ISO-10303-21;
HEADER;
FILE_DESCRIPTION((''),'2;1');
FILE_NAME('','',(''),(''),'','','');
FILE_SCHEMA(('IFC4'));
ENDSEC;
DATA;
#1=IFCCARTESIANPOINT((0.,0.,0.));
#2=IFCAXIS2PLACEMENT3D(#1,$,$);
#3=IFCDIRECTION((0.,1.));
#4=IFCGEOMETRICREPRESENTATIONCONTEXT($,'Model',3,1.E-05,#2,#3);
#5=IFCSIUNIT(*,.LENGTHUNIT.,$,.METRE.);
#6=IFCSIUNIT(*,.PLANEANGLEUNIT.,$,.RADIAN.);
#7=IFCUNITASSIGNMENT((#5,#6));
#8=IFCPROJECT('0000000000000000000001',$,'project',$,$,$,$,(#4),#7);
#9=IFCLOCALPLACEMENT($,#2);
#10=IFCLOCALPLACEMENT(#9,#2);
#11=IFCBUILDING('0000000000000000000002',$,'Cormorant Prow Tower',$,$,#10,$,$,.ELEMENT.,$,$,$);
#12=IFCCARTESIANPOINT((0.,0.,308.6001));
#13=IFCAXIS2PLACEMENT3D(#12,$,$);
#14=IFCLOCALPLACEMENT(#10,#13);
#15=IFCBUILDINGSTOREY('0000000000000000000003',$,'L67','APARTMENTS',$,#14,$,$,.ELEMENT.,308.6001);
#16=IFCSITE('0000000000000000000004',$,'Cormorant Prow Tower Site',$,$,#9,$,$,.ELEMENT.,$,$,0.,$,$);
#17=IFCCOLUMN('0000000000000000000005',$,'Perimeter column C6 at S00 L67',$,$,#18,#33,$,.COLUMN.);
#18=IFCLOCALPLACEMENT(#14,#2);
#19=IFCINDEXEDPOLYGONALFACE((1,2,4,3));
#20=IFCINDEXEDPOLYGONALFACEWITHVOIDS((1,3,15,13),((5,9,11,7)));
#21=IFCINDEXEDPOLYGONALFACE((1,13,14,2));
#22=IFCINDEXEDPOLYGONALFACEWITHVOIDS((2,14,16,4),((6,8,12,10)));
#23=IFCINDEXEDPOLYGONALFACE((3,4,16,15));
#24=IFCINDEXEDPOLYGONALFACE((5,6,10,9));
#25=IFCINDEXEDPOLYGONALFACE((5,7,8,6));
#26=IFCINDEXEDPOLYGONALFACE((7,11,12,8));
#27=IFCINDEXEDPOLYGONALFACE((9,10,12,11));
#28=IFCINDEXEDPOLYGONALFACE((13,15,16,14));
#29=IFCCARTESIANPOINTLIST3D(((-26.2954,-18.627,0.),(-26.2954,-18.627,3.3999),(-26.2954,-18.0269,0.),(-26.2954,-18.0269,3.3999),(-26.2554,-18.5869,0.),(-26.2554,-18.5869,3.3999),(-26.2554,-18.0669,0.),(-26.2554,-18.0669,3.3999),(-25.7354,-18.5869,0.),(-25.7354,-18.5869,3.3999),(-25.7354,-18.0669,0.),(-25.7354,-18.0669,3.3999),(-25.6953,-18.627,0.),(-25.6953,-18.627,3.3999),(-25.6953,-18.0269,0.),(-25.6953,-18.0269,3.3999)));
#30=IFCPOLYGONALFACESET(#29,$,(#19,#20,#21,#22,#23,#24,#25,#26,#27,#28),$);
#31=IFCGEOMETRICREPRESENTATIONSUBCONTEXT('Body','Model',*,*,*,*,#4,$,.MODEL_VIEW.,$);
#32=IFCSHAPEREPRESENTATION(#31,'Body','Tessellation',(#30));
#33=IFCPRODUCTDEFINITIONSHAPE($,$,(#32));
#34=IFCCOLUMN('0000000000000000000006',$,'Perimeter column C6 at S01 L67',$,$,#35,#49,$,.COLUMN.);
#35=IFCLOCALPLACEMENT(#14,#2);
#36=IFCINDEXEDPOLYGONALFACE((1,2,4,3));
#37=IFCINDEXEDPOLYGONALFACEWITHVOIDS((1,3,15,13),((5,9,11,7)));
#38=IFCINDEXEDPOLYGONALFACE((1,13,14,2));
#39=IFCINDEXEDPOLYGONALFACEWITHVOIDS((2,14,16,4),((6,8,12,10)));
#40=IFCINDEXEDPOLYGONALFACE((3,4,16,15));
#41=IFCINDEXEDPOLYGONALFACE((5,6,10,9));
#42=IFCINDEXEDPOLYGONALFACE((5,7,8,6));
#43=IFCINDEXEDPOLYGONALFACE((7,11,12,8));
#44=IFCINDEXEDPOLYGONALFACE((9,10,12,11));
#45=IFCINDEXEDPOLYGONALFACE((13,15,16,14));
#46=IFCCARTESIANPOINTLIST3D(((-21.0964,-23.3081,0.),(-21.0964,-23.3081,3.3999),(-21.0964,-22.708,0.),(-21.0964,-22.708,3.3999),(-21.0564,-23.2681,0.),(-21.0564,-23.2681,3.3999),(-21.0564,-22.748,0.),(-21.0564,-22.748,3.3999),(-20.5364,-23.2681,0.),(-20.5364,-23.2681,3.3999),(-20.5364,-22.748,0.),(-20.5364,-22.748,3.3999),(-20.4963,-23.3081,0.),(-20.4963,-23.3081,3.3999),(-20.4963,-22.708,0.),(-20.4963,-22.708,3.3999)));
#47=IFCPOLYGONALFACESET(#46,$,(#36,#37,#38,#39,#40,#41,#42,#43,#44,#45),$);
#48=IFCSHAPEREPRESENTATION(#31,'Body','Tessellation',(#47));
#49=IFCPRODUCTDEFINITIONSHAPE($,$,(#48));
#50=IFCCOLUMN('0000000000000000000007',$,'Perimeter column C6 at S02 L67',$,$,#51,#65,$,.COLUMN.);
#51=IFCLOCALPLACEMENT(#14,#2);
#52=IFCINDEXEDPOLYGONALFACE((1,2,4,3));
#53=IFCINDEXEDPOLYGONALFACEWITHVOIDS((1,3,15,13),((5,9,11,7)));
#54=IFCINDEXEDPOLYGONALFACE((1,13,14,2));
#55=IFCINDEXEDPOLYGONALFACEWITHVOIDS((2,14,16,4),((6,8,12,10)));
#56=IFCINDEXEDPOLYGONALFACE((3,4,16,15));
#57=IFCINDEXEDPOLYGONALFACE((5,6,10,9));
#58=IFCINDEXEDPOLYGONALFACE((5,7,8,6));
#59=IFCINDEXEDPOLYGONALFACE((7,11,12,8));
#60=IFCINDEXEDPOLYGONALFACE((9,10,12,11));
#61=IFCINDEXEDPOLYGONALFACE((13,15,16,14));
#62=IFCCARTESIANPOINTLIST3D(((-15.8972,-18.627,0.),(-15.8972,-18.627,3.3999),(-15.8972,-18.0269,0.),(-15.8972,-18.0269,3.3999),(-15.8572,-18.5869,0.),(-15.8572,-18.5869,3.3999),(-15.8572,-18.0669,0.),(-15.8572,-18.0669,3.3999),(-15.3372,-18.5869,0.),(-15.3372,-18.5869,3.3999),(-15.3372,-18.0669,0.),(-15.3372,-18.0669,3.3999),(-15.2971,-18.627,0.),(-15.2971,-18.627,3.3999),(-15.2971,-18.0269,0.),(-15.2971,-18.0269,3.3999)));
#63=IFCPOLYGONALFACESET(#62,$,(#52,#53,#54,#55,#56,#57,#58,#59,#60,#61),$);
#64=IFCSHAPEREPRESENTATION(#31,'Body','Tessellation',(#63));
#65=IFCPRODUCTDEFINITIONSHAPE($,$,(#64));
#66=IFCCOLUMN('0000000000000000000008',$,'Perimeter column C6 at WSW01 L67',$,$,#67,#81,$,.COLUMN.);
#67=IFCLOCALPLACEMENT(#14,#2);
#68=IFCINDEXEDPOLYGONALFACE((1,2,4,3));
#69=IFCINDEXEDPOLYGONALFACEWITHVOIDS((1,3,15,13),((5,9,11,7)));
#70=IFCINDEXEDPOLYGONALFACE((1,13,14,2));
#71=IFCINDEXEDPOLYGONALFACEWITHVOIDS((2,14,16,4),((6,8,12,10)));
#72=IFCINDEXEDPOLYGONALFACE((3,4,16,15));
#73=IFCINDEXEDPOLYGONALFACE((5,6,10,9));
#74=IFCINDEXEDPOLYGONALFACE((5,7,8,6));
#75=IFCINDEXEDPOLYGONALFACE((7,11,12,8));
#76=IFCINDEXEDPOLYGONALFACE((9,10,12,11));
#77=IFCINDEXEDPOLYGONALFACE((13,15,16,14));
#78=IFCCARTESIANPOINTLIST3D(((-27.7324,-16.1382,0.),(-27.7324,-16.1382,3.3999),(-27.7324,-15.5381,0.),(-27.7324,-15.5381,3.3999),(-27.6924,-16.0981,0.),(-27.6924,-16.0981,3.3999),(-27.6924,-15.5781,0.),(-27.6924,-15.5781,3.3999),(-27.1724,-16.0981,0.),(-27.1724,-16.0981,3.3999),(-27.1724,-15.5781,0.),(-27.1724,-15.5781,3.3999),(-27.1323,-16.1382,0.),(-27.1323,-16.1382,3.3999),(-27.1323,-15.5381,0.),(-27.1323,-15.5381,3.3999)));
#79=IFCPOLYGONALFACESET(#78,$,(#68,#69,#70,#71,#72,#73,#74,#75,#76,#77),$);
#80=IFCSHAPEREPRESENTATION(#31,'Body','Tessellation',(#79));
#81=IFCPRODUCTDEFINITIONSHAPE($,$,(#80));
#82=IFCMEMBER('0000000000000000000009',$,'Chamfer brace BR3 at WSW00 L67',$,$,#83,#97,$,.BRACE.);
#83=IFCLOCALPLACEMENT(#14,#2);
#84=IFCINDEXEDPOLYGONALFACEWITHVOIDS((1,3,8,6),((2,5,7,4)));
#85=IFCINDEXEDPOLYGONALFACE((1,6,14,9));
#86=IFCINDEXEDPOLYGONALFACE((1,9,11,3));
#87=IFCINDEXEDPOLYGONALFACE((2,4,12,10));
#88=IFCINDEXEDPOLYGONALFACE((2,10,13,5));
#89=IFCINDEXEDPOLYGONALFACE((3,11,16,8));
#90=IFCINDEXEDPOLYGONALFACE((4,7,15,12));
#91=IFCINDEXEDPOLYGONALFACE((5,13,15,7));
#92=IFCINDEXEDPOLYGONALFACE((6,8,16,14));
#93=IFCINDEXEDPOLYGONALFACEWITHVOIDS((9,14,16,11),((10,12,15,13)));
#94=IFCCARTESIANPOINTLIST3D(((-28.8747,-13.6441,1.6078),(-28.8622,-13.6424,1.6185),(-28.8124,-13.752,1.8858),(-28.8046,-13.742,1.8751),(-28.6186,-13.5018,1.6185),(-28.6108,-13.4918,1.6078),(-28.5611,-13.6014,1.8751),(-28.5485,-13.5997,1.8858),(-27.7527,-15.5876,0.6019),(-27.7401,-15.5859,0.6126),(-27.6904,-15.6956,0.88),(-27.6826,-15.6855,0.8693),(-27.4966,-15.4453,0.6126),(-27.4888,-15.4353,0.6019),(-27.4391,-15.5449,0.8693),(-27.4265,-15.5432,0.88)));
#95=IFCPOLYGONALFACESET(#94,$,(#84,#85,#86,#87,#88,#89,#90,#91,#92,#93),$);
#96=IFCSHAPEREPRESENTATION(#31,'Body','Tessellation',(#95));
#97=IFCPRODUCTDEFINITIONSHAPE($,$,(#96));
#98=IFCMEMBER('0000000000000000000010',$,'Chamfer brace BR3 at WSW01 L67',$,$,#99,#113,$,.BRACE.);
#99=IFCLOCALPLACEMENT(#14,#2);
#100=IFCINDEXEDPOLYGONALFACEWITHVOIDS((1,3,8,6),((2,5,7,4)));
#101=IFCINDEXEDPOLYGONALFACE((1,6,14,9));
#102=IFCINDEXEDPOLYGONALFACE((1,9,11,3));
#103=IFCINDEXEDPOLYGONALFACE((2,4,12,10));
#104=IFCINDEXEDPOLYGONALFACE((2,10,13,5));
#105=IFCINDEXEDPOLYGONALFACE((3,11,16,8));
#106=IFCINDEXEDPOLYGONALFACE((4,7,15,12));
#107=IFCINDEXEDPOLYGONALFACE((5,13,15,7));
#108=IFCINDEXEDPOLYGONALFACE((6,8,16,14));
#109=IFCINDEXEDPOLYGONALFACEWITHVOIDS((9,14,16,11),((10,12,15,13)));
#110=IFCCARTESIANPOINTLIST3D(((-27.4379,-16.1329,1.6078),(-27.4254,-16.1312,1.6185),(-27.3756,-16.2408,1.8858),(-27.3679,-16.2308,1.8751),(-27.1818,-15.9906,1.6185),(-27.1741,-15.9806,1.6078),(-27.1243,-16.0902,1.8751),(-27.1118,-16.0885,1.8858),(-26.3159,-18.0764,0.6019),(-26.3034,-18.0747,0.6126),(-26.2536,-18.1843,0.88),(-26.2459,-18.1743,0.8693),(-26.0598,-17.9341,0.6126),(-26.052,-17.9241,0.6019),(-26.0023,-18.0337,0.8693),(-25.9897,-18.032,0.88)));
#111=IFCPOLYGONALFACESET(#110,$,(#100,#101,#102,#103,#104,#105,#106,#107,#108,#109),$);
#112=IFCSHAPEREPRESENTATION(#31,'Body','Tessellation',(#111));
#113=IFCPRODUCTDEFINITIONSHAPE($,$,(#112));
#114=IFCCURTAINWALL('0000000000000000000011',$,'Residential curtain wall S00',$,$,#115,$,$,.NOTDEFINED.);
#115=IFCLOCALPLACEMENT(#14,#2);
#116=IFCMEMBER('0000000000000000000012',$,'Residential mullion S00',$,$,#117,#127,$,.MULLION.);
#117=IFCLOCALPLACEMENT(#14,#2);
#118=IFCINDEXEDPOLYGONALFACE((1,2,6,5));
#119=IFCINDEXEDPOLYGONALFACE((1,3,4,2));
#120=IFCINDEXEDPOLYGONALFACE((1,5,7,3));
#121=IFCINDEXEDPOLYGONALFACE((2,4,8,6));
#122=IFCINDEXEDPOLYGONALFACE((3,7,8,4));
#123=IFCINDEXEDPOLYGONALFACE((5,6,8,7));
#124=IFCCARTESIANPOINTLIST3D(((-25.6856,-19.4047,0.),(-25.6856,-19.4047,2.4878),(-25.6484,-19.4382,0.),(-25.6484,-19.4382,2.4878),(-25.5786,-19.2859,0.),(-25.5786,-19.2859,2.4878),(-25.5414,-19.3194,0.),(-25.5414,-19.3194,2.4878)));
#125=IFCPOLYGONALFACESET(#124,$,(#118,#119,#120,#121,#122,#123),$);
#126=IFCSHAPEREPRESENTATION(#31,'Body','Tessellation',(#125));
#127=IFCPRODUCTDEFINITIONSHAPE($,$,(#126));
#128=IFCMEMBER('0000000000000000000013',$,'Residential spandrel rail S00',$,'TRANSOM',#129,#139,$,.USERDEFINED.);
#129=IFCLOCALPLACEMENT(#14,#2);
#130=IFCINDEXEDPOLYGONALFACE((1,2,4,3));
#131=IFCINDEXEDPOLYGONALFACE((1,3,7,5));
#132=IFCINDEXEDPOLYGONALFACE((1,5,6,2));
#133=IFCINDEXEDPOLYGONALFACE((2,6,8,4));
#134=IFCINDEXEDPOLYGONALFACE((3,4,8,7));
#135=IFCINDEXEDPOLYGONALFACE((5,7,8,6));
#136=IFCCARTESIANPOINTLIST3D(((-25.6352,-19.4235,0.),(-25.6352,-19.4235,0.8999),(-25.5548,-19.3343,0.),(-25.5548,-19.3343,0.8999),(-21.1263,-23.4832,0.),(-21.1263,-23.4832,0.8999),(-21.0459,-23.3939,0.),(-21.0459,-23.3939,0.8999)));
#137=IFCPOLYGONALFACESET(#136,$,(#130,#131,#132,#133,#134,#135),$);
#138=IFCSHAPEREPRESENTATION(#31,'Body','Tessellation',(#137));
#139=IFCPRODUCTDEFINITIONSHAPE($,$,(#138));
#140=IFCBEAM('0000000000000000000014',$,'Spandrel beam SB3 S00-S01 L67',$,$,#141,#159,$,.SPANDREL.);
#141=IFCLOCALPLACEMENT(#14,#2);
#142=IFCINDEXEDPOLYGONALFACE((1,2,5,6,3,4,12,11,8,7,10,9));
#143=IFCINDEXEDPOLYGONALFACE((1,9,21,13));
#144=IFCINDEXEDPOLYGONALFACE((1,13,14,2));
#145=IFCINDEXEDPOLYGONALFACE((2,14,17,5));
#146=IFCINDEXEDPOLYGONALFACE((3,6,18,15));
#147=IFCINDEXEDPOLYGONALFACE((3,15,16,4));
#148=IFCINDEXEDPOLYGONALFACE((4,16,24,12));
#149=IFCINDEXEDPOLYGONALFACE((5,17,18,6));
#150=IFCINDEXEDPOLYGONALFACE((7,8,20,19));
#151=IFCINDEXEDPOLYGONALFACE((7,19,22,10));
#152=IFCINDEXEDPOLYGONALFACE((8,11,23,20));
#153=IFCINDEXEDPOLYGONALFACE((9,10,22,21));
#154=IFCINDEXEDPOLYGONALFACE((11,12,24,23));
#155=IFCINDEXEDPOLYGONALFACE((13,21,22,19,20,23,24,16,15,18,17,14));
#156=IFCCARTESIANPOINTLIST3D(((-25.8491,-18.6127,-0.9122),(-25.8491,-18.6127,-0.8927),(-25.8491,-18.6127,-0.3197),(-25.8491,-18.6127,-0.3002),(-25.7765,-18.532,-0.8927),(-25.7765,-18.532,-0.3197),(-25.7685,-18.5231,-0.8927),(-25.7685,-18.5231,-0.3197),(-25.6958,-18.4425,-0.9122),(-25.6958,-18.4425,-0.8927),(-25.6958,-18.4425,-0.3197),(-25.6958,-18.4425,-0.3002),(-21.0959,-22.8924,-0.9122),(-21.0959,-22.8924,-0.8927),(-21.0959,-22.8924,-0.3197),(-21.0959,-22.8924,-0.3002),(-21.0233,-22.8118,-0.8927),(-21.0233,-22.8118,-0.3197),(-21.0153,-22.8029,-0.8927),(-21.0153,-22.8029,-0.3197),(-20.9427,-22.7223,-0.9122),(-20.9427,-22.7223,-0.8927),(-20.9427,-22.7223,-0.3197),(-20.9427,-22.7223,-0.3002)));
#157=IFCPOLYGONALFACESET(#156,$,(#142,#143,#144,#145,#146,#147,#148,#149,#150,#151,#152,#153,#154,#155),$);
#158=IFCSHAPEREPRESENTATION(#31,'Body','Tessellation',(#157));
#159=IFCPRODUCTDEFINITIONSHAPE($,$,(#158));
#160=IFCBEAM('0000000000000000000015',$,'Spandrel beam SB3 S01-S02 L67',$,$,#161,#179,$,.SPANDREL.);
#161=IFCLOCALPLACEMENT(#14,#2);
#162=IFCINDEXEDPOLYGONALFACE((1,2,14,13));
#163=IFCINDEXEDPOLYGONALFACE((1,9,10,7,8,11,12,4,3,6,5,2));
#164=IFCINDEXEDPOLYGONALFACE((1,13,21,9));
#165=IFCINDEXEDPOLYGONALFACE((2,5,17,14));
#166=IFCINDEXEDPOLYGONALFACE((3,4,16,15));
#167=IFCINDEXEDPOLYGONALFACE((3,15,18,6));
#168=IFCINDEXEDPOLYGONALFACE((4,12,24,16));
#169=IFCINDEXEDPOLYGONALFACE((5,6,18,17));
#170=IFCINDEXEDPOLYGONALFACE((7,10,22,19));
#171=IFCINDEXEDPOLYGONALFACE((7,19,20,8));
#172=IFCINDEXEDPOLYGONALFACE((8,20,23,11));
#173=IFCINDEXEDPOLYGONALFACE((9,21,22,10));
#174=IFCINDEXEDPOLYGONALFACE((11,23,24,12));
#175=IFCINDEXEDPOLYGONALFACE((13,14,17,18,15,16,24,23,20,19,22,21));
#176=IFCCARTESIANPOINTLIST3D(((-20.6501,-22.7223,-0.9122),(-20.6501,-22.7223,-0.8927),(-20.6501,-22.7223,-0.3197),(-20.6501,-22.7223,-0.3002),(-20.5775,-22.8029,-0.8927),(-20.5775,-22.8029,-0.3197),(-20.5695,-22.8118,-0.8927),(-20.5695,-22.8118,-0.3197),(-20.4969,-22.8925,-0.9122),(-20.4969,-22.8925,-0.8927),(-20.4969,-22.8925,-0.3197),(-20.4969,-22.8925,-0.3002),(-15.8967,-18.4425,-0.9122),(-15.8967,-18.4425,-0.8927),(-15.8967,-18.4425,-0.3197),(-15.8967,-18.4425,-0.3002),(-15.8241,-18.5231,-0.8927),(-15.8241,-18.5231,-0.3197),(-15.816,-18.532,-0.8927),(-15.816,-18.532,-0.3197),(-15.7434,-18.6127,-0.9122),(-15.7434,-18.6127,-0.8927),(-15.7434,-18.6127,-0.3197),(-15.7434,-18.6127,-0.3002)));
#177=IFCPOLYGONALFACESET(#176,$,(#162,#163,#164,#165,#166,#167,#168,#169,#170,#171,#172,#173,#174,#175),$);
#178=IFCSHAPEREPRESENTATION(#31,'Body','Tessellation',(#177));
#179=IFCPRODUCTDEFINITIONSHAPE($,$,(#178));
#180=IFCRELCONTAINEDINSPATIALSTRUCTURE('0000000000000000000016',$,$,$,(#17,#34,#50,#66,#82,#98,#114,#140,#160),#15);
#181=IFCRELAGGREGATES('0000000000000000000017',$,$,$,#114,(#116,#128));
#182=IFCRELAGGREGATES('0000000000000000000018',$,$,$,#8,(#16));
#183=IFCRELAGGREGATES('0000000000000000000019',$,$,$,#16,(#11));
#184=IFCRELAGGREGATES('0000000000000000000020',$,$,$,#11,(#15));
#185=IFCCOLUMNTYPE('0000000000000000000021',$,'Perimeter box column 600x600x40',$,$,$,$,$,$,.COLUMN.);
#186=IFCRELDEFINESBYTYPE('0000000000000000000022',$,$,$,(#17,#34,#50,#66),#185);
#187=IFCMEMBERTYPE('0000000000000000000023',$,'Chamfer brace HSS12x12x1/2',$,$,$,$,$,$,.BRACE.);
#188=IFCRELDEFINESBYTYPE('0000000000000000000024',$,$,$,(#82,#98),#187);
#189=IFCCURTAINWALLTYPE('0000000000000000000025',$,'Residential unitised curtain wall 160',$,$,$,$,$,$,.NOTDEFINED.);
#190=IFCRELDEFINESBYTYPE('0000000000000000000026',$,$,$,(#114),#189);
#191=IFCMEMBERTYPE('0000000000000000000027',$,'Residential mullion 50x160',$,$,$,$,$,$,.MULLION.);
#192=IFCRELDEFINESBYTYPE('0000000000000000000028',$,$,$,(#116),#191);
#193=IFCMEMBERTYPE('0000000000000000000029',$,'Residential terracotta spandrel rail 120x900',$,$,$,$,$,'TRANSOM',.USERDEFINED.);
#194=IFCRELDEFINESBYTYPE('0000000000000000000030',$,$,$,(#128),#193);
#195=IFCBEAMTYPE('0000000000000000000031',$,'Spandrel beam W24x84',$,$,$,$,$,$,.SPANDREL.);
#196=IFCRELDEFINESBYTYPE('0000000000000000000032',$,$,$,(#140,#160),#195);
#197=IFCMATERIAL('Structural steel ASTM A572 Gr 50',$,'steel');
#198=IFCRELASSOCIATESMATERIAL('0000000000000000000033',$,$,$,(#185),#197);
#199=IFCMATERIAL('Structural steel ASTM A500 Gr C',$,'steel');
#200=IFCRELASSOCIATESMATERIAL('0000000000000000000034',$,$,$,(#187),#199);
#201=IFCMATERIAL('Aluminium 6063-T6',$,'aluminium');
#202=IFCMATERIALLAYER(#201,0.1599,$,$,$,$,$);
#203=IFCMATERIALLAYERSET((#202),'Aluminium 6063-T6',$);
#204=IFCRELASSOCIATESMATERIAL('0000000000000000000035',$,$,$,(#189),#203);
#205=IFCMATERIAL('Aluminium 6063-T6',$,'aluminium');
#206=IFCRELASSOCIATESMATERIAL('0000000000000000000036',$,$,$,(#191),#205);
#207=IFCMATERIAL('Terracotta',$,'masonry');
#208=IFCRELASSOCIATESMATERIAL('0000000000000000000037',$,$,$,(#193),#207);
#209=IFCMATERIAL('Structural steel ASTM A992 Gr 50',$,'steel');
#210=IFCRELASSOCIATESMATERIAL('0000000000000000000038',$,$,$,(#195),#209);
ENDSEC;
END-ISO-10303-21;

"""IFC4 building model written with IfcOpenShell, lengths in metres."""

from ifc_helpers import new_model, si_unit, direction, frame, origin, origin_2d, place, context, subcontext, project, spatial, rectangle, hollow_rectangle, i_section, extrude, material, layer, layer_set, material_profile, profile_set, type_object, element, aggregate, save


model = new_model("IFC4")

# Units and contexts
model_context = context("Model", 3, precision=1e-05, world=origin(), true_north=direction((0.0, 1.0)))
body_context = subcontext(model_context, "Body", "Model", "MODEL_VIEW")
ifc_project = project(units=[si_unit("LENGTHUNIT", "METRE"), si_unit("PLANEANGLEUNIT", "RADIAN")], contexts=[model_context])

# Site, building, storey
site_placement = place(None, origin())
site = spatial("IfcSite", under=ifc_project, at=site_placement, Name="Cormorant Prow Tower Site", CompositionType="ELEMENT", RefElevation=0.0)
building_placement = place(site_placement, origin())
building = spatial("IfcBuilding", under=site, at=building_placement, Name="Cormorant Prow Tower", CompositionType="ELEMENT")
storey_placement = place(building_placement, frame((0.0, 0.0, 308.6001)))
storey = spatial("IfcBuildingStorey", under=building, at=storey_placement, Name="L67", Description="APARTMENTS", CompositionType="ELEMENT", Elevation=308.6001)

# Columns
ifc_material_1 = material(Name="Structural steel ASTM A572 Gr 50", Category="steel")
ifc_material_profile_1 = material_profile(ifc_material_1, hollow_rectangle(XDim=0.6001, YDim=0.6001, WallThickness=0.04, at=origin_2d()), Name="Box 600x600x40")
ifc_profile_set_1 = profile_set([ifc_material_profile_1], Name="Structural steel ASTM A572 Gr 50")
column_type = type_object("IfcColumnType", Name="Perimeter box column 600x600x40", PredefinedType="COLUMN", material=ifc_profile_set_1)
for number, where, z_axis, x_axis, name in (
    (1, (-25.9954, -18.3269, 0.0), (0.0, 0.0, 1.0), (1.0, 0.0, 0.0), "Perimeter column C6 at S00 L67"),
    (2, (-20.7964, -23.0081, 0.0), (0.0, 0.0, 1.0), (1.0, 0.0, 0.0), "Perimeter column C6 at S01 L67"),
    (3, (-15.5972, -18.3269, 0.0), (0.0, 0.0, 1.0), (1.0, 0.0, 0.0), "Perimeter column C6 at S02 L67"),
    (4, (-27.4324, -15.8381, 0.0), (0.0, 0.0, 1.0), (1.0, 0.0, 0.0), "Perimeter column C6 at WSW01 L67"),
):
    element("IfcColumn", number, at=place(storey_placement, frame(where, z_axis=z_axis, x_axis=x_axis)), inside=storey, type_object=column_type, Name=name, PredefinedType="COLUMN", context=body_context, shape_type="SweptSolid", body=[
        extrude(hollow_rectangle(XDim=0.6001, YDim=0.6001, WallThickness=0.04, at=origin_2d()), origin(), (0.0, 0.0, 1.0), 3.3999),
    ])

# Members
ifc_material_2 = material(Name="Structural steel ASTM A500 Gr C", Category="steel")
ifc_material_profile_2 = material_profile(ifc_material_2, hollow_rectangle(XDim=0.3047, YDim=0.3047, WallThickness=0.0117, at=origin_2d()), Name="HSS12x12x1/2")
ifc_profile_set_2 = profile_set([ifc_material_profile_2], Name="Structural steel ASTM A500 Gr C")
member_type_1 = type_object("IfcMemberType", Name="Chamfer brace HSS12x12x1/2", PredefinedType="BRACE", material=ifc_profile_set_2)
for number, where, z_axis, x_axis, name in (
    (5, (-27.5896, -15.5654, 0.741), (-0.456247, 0.790292, 0.408994), (-0.866039, -0.499977, 0.0), "Chamfer brace BR3 at WSW00 L67"),
    (6, (-26.1528, -18.0542, 0.741), (-0.456247, 0.790292, 0.408994), (-0.866039, -0.499977, 0.0), "Chamfer brace BR3 at WSW01 L67"),
):
    element("IfcMember", number, at=place(storey_placement, frame(where, z_axis=z_axis, x_axis=x_axis)), inside=storey, type_object=member_type_1, Name=name, PredefinedType="BRACE", context=body_context, shape_type="SweptSolid", body=[
        extrude(hollow_rectangle(XDim=0.3047, YDim=0.3047, WallThickness=0.0117, at=origin_2d()), origin(), (0.0, 0.0, 1.0), 2.4592),
    ])

# Curtain wall, members
ifc_material_3 = material(Name="Aluminium 6063-T6", Category="aluminium")
ifc_layer_1 = layer(ifc_material_3, 0.1599)
ifc_layer_set_1 = layer_set([ifc_layer_1], Name="Aluminium 6063-T6")
curtain_wall_type = type_object("IfcCurtainWallType", Name="Residential unitised curtain wall 160", PredefinedType="NOTDEFINED", material=ifc_layer_set_1)
curtain_wall_placement = place(storey_placement, origin())
curtain_wall = element("IfcCurtainWall", 7, at=curtain_wall_placement, inside=storey, type_object=curtain_wall_type, Name="Residential curtain wall S00", PredefinedType="NOTDEFINED")
ifc_material_4 = material(Name="Aluminium 6063-T6", Category="aluminium")
ifc_material_profile_3 = material_profile(ifc_material_4, rectangle(XDim=0.1599, YDim=0.05, at=origin_2d()), Name="Residential mullion 50x160")
ifc_profile_set_3 = profile_set([ifc_material_profile_3], Name="Aluminium 6063-T6")
member_type_2 = type_object("IfcMemberType", Name="Residential mullion 50x160", PredefinedType="MULLION", material=ifc_profile_set_3)
member_1_placement = place(storey_placement, frame((-25.6135, -19.3621, 0.0), z_axis=(0.0, 0.0, 1.0), x_axis=(0.669131, 0.743145, 0.0)))
member_1 = element("IfcMember", 8, at=member_1_placement, type_object=member_type_2, Name="Residential mullion S00", PredefinedType="MULLION", context=body_context, shape_type="SweptSolid", body=[
    extrude(rectangle(XDim=0.1599, YDim=0.05, at=origin_2d()), origin(), (0.0, 0.0, 1.0), 2.4878),
])
ifc_material_5 = material(Name="Terracotta", Category="masonry")
ifc_material_profile_4 = material_profile(ifc_material_5, rectangle(XDim=0.1201, YDim=0.8999, at=origin_2d()), Name="Residential terracotta spandrel rail 120x900")
ifc_profile_set_4 = profile_set([ifc_material_profile_4], Name="Terracotta")
member_type_3 = type_object("IfcMemberType", Name="Residential terracotta spandrel rail 120x900", ElementType="TRANSOM", PredefinedType="USERDEFINED", material=ifc_profile_set_4)
member_2_placement = place(storey_placement, frame((-25.595, -19.3789, 0.45), z_axis=(0.743158, -0.669116, 0.0), x_axis=(0.669116, 0.743158, 0.0)))
member_2 = element("IfcMember", 9, at=member_2_placement, type_object=member_type_3, Name="Residential spandrel rail S00", ObjectType="TRANSOM", PredefinedType="USERDEFINED", context=body_context, shape_type="SweptSolid", body=[
    extrude(rectangle(XDim=0.1201, YDim=0.8999, at=origin_2d()), origin(), (0.0, 0.0, 1.0), 6.0671),
])

# Beams
ifc_material_6 = material(Name="Structural steel ASTM A992 Gr 50", Category="steel")
ifc_material_profile_5 = material_profile(ifc_material_6, i_section(OverallWidth=0.229, OverallDepth=0.6121, WebThickness=0.012, FlangeThickness=0.0195, at=origin_2d()), Name="W24x84")
ifc_profile_set_5 = profile_set([ifc_material_profile_5], Name="Structural steel ASTM A992 Gr 50")
beam_type = type_object("IfcBeamType", Name="Spandrel beam W24x84", PredefinedType="SPANDREL", material=ifc_profile_set_5)
beam_1_placement = place(storey_placement, frame((-25.7725, -18.5276, -0.6062), z_axis=(0.743144, -0.669131, 0.0), x_axis=(0.669131, 0.743144, 0.0)))
element("IfcBeam", 10, at=beam_1_placement, inside=storey, type_object=beam_type, Name="Spandrel beam SB3 S00-S01 L67", PredefinedType="SPANDREL", context=body_context, shape_type="SweptSolid", body=[
    extrude(i_section(OverallWidth=0.229, OverallDepth=0.6121, WebThickness=0.012, FlangeThickness=0.0195, at=origin_2d()), origin(), (0.0, 0.0, 1.0), 6.396),
])
beam_2_placement = place(storey_placement, frame((-20.5735, -22.8074, -0.6062), z_axis=(0.743161, 0.669112, 0.0), x_axis=(-0.669112, 0.743161, 0.0)))
element("IfcBeam", 11, at=beam_2_placement, inside=storey, type_object=beam_type, Name="Spandrel beam SB3 S01-S02 L67", PredefinedType="SPANDREL", context=body_context, shape_type="SweptSolid", body=[
    extrude(i_section(OverallWidth=0.229, OverallDepth=0.6121, WebThickness=0.012, FlangeThickness=0.0195, at=origin_2d()), origin(), (0.0, 0.0, 1.0), 6.3962),
])

aggregate(curtain_wall, [member_1, member_2])

save(model, "model.ifc")
